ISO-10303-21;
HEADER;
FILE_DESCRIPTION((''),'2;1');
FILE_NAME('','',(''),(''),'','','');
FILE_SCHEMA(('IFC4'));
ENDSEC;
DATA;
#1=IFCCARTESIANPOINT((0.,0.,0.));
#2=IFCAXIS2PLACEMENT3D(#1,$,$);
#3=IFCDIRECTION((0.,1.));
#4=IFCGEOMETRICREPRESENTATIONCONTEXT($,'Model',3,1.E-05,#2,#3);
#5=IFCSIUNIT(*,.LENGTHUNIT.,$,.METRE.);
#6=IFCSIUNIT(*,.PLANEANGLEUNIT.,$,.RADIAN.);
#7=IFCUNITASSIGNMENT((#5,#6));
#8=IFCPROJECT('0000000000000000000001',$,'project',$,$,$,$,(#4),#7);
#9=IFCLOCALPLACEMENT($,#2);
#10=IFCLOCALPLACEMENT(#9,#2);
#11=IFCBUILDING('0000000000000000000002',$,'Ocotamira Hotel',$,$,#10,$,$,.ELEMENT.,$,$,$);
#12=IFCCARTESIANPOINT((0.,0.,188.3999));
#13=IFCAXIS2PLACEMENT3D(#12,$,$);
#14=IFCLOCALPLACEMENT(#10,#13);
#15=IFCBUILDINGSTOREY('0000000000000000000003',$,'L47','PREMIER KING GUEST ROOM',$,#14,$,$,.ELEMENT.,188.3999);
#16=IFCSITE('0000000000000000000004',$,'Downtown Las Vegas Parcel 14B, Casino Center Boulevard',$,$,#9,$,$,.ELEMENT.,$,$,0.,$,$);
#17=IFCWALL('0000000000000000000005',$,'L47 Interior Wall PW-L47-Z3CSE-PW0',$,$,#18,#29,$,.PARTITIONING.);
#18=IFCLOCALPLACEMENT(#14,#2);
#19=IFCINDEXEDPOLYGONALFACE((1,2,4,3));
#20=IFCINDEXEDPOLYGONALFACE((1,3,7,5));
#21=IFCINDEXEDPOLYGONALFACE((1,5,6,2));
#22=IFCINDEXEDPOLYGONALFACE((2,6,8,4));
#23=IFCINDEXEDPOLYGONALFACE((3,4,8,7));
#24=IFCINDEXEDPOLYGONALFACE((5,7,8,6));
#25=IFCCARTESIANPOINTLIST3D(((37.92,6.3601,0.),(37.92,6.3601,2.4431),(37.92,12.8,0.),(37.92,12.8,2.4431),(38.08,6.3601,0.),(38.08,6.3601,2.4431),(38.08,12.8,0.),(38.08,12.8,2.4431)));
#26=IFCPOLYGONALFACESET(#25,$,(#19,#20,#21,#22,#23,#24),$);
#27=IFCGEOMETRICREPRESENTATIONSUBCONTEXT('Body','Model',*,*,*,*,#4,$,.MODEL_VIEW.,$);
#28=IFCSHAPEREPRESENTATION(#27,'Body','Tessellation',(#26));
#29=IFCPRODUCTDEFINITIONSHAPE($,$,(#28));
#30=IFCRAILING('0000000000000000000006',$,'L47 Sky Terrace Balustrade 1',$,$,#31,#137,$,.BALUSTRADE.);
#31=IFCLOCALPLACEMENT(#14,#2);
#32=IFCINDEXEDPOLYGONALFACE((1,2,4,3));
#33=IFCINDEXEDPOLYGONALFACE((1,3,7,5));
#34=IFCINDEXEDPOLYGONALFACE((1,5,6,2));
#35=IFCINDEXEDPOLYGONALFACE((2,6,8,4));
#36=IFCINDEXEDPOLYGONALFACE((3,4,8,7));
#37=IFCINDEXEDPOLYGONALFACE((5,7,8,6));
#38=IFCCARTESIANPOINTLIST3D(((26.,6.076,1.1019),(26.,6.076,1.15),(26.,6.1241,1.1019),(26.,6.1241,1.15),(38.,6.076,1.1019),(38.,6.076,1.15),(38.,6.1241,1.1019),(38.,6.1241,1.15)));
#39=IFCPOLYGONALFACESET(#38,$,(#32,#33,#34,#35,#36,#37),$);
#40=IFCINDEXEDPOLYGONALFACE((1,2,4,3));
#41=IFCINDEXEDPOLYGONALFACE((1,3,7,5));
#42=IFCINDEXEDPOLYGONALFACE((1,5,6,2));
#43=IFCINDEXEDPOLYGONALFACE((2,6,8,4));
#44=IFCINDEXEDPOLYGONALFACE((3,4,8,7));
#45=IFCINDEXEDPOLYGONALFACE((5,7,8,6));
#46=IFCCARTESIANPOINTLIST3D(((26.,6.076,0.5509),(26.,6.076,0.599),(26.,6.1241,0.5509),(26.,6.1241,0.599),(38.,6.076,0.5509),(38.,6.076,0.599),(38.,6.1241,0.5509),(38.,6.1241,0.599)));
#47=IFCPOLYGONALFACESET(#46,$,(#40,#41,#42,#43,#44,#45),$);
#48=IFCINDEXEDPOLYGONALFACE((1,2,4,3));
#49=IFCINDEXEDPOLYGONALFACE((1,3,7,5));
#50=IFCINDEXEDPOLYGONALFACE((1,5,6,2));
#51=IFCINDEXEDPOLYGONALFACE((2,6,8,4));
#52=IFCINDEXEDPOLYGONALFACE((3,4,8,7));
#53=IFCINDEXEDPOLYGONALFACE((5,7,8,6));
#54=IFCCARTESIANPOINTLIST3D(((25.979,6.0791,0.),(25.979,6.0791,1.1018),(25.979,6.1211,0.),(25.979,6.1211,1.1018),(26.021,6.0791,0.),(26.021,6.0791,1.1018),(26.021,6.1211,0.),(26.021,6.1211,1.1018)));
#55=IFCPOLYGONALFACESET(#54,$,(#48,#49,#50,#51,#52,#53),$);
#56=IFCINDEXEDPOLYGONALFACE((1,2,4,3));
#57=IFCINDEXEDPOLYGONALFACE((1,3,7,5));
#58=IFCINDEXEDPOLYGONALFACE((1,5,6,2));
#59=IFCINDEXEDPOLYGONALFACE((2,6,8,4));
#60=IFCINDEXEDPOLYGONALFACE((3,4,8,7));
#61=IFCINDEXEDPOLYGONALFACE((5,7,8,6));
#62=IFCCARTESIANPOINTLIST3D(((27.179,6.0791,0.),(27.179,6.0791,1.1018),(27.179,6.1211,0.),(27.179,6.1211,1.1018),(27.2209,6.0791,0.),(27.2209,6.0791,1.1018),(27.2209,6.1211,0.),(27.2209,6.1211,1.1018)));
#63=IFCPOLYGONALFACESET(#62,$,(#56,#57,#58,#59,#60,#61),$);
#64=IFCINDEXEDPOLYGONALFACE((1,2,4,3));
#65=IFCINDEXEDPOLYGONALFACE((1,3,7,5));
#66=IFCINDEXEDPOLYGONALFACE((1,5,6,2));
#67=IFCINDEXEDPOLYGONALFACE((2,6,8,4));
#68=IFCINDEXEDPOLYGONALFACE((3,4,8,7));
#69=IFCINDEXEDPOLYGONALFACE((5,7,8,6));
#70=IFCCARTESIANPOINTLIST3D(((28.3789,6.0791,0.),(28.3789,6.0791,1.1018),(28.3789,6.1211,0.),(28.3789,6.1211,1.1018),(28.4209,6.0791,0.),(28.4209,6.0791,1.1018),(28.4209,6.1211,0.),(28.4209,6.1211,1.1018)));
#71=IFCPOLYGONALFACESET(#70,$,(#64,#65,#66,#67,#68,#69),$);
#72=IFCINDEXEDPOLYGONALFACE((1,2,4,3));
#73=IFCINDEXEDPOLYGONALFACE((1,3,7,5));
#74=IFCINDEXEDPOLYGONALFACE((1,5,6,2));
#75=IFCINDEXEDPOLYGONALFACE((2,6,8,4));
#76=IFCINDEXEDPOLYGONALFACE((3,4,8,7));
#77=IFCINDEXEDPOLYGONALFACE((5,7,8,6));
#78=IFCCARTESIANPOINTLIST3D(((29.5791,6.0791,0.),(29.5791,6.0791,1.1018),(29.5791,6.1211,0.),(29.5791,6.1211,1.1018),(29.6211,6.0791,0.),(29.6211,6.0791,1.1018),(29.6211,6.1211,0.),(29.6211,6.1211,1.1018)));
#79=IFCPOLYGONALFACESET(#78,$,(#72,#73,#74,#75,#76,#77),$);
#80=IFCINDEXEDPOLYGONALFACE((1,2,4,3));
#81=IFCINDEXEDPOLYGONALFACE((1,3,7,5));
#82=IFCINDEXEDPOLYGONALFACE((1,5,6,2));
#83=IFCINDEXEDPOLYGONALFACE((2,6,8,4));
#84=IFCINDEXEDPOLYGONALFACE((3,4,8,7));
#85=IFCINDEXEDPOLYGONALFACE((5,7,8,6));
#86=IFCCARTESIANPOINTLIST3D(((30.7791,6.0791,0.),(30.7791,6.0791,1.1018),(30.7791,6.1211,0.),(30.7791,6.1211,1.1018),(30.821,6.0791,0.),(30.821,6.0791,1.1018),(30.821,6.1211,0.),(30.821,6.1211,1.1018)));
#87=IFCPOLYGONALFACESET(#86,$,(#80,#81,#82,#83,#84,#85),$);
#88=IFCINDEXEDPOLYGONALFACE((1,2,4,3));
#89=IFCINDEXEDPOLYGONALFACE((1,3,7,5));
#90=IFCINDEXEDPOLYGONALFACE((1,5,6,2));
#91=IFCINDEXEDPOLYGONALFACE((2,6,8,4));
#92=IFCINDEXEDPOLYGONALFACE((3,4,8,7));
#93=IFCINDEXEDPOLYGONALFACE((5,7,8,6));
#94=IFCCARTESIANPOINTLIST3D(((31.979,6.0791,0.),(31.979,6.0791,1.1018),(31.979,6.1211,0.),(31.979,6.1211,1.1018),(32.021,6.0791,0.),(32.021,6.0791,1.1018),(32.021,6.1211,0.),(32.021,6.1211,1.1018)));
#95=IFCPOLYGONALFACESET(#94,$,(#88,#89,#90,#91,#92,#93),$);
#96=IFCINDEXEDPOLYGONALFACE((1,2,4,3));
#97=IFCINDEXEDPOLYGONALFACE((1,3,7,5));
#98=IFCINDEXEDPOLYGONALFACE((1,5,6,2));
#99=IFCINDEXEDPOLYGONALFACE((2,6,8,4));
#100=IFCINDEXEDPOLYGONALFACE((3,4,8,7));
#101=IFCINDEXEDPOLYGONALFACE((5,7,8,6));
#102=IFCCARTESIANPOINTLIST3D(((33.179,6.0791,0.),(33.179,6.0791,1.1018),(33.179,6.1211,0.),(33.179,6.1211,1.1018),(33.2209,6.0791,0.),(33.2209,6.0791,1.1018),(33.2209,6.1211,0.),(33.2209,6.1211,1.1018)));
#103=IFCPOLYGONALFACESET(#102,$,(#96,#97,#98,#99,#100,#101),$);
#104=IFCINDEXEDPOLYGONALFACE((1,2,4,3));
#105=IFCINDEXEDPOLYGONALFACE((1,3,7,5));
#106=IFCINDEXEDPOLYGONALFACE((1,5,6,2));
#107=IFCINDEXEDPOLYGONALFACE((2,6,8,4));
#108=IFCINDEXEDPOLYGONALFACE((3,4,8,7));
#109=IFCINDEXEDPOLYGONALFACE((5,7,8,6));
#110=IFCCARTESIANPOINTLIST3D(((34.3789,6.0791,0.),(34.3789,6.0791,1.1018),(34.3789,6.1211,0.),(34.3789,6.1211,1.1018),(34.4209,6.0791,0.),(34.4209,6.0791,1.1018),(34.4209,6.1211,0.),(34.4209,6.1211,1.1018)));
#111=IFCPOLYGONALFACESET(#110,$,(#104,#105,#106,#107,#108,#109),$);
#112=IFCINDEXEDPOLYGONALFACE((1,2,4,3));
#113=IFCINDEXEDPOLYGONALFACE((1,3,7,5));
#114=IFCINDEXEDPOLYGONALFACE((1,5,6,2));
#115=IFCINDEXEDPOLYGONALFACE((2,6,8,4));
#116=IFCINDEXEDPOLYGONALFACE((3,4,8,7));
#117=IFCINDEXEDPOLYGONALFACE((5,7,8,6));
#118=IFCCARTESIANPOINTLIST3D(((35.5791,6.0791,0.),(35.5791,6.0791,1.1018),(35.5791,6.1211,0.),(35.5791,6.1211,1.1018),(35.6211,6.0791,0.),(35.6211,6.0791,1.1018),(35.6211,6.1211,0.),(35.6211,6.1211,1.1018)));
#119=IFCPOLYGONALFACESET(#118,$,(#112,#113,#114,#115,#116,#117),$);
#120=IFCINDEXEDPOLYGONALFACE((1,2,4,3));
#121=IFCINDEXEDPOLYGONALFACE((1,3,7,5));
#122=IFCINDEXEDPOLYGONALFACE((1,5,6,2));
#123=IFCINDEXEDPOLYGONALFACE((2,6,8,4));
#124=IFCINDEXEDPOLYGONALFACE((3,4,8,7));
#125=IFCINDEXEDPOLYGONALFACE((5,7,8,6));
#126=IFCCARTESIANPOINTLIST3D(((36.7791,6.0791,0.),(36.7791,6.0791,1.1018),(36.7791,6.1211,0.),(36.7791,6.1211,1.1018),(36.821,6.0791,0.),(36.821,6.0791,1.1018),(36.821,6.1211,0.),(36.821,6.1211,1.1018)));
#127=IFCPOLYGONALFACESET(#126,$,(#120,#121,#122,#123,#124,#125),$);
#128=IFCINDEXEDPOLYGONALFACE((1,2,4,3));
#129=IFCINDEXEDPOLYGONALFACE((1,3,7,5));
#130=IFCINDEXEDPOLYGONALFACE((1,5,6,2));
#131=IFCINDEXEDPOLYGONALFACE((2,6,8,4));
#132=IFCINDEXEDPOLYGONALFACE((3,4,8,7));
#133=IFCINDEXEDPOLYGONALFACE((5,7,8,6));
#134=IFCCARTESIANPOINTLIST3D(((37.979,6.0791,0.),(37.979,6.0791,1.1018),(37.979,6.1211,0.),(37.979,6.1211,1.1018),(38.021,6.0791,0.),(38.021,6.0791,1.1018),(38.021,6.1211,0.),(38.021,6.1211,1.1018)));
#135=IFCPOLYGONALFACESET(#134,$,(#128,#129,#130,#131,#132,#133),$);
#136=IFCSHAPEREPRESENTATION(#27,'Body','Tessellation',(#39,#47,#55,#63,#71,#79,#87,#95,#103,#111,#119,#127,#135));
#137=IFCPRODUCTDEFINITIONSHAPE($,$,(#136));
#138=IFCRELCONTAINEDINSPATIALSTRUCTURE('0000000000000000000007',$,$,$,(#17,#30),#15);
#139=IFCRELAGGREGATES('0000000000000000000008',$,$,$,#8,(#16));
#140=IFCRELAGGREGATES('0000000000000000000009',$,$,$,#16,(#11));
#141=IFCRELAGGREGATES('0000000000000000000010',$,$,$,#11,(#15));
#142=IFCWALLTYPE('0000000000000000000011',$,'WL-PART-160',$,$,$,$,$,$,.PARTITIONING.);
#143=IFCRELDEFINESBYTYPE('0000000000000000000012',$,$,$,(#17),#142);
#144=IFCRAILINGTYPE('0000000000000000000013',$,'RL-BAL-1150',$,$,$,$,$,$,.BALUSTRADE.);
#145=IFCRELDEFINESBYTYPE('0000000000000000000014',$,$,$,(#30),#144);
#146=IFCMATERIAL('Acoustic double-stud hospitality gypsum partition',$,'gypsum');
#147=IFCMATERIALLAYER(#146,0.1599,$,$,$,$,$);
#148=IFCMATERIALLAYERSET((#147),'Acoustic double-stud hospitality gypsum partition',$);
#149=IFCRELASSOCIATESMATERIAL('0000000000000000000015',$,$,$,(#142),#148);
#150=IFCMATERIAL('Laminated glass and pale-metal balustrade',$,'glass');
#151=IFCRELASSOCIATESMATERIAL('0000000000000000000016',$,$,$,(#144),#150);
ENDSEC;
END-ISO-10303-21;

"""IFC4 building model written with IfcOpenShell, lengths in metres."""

from ifc_helpers import new_model, si_unit, direction, frame, frame_2d, origin, origin_2d, place, context, subcontext, project, spatial, rectangle, extrude, material, layer, layer_set, type_object, element, save


model = new_model("IFC4")

# Units and contexts
model_context = context("Model", 3, precision=1e-05, world=origin(), true_north=direction((0.0, 1.0)))
body_context = subcontext(model_context, "Body", "Model", "MODEL_VIEW")
ifc_project = project(units=[si_unit("LENGTHUNIT", "METRE"), si_unit("PLANEANGLEUNIT", "RADIAN")], contexts=[model_context])

# Site, building, storey
site_placement = place(None, origin())
site = spatial("IfcSite", under=ifc_project, at=site_placement, Name="Downtown Las Vegas Parcel 14B, Casino Center Boulevard", CompositionType="ELEMENT", RefElevation=0.0)
building_placement = place(site_placement, origin())
building = spatial("IfcBuilding", under=site, at=building_placement, Name="Ocotamira Hotel", CompositionType="ELEMENT")
storey_placement = place(building_placement, frame((0.0, 0.0, 188.3999)))
storey = spatial("IfcBuildingStorey", under=building, at=storey_placement, Name="L47", Description="PREMIER KING GUEST ROOM", CompositionType="ELEMENT", Elevation=188.3999)

# Wall
ifc_material_1 = material(Name="Acoustic double-stud hospitality gypsum partition", Category="gypsum")
ifc_layer_1 = layer(ifc_material_1, 0.1599)
ifc_layer_set_1 = layer_set([ifc_layer_1], Name="Acoustic double-stud hospitality gypsum partition")
wall_type_1 = type_object("IfcWallType", Name="WL-PART-160", PredefinedType="PARTITIONING", material=ifc_layer_set_1)
for number, where, z_axis, x_axis, name in (
    (1, (38.0, 6.3601, 0.0), (0.0, 0.0, 1.0), (0.0, 1.0, 0.0), "L47 Interior Wall PW-L47-Z3CSE-PW0"),
):
    element("IfcWall", number, at=place(storey_placement, frame(where, z_axis=z_axis, x_axis=x_axis)), inside=storey, type_object=wall_type_1, Name=name, PredefinedType="PARTITIONING", context=body_context, shape_type="SweptSolid", body=[
        extrude(rectangle(XDim=6.4399, YDim=0.1599, at=frame_2d((3.22, 0.0))), origin(), (0.0, 0.0, 1.0), 2.4431),
    ])

# Railing
ifc_material_2 = material(Name="Laminated glass and pale-metal balustrade", Category="glass")
railing_type_1 = type_object("IfcRailingType", Name="RL-BAL-1150", PredefinedType="BALUSTRADE", material=ifc_material_2)
railing_1_placement = place(storey_placement, frame((26.0, 6.1001, 0.0)))
element("IfcRailing", 2, at=railing_1_placement, inside=storey, type_object=railing_type_1, Name="L47 Sky Terrace Balustrade 1", PredefinedType="BALUSTRADE", context=body_context, shape_type="SweptSolid", body=[
    extrude(rectangle(XDim=0.0481, YDim=0.0481, at=origin_2d()), frame((0.0, 0.0, 1.126), z_axis=(1.0, 0.0, 0.0), x_axis=(0.0, 1.0, 0.0)), (0.0, 0.0, 1.0), 12.0),
    extrude(rectangle(XDim=0.0481, YDim=0.0481, at=origin_2d()), frame((0.0, 0.0, 0.575), z_axis=(1.0, 0.0, 0.0), x_axis=(0.0, 1.0, 0.0)), (0.0, 0.0, 1.0), 12.0),
    extrude(rectangle(XDim=0.042, YDim=0.042, at=origin_2d()), origin(), (0.0, 0.0, 1.0), 1.1018),
    extrude(rectangle(XDim=0.042, YDim=0.042, at=origin_2d()), frame((1.2, 0.0, 0.0)), (0.0, 0.0, 1.0), 1.1018),
    extrude(rectangle(XDim=0.042, YDim=0.042, at=origin_2d()), frame((2.3999, 0.0, 0.0)), (0.0, 0.0, 1.0), 1.1018),
    extrude(rectangle(XDim=0.042, YDim=0.042, at=origin_2d()), frame((3.6001, 0.0, 0.0)), (0.0, 0.0, 1.0), 1.1018),
    extrude(rectangle(XDim=0.042, YDim=0.042, at=origin_2d()), frame((4.8, 0.0, 0.0)), (0.0, 0.0, 1.0), 1.1018),
    extrude(rectangle(XDim=0.042, YDim=0.042, at=origin_2d()), frame((6.0, 0.0, 0.0)), (0.0, 0.0, 1.0), 1.1018),
    extrude(rectangle(XDim=0.042, YDim=0.042, at=origin_2d()), frame((7.2, 0.0, 0.0)), (0.0, 0.0, 1.0), 1.1018),
    extrude(rectangle(XDim=0.042, YDim=0.042, at=origin_2d()), frame((8.3999, 0.0, 0.0)), (0.0, 0.0, 1.0), 1.1018),
    extrude(rectangle(XDim=0.042, YDim=0.042, at=origin_2d()), frame((9.6001, 0.0, 0.0)), (0.0, 0.0, 1.0), 1.1018),
    extrude(rectangle(XDim=0.042, YDim=0.042, at=origin_2d()), frame((10.8, 0.0, 0.0)), (0.0, 0.0, 1.0), 1.1018),
    extrude(rectangle(XDim=0.042, YDim=0.042, at=origin_2d()), frame((12.0, 0.0, 0.0)), (0.0, 0.0, 1.0), 1.1018),
])

save(model, "model.ifc")
